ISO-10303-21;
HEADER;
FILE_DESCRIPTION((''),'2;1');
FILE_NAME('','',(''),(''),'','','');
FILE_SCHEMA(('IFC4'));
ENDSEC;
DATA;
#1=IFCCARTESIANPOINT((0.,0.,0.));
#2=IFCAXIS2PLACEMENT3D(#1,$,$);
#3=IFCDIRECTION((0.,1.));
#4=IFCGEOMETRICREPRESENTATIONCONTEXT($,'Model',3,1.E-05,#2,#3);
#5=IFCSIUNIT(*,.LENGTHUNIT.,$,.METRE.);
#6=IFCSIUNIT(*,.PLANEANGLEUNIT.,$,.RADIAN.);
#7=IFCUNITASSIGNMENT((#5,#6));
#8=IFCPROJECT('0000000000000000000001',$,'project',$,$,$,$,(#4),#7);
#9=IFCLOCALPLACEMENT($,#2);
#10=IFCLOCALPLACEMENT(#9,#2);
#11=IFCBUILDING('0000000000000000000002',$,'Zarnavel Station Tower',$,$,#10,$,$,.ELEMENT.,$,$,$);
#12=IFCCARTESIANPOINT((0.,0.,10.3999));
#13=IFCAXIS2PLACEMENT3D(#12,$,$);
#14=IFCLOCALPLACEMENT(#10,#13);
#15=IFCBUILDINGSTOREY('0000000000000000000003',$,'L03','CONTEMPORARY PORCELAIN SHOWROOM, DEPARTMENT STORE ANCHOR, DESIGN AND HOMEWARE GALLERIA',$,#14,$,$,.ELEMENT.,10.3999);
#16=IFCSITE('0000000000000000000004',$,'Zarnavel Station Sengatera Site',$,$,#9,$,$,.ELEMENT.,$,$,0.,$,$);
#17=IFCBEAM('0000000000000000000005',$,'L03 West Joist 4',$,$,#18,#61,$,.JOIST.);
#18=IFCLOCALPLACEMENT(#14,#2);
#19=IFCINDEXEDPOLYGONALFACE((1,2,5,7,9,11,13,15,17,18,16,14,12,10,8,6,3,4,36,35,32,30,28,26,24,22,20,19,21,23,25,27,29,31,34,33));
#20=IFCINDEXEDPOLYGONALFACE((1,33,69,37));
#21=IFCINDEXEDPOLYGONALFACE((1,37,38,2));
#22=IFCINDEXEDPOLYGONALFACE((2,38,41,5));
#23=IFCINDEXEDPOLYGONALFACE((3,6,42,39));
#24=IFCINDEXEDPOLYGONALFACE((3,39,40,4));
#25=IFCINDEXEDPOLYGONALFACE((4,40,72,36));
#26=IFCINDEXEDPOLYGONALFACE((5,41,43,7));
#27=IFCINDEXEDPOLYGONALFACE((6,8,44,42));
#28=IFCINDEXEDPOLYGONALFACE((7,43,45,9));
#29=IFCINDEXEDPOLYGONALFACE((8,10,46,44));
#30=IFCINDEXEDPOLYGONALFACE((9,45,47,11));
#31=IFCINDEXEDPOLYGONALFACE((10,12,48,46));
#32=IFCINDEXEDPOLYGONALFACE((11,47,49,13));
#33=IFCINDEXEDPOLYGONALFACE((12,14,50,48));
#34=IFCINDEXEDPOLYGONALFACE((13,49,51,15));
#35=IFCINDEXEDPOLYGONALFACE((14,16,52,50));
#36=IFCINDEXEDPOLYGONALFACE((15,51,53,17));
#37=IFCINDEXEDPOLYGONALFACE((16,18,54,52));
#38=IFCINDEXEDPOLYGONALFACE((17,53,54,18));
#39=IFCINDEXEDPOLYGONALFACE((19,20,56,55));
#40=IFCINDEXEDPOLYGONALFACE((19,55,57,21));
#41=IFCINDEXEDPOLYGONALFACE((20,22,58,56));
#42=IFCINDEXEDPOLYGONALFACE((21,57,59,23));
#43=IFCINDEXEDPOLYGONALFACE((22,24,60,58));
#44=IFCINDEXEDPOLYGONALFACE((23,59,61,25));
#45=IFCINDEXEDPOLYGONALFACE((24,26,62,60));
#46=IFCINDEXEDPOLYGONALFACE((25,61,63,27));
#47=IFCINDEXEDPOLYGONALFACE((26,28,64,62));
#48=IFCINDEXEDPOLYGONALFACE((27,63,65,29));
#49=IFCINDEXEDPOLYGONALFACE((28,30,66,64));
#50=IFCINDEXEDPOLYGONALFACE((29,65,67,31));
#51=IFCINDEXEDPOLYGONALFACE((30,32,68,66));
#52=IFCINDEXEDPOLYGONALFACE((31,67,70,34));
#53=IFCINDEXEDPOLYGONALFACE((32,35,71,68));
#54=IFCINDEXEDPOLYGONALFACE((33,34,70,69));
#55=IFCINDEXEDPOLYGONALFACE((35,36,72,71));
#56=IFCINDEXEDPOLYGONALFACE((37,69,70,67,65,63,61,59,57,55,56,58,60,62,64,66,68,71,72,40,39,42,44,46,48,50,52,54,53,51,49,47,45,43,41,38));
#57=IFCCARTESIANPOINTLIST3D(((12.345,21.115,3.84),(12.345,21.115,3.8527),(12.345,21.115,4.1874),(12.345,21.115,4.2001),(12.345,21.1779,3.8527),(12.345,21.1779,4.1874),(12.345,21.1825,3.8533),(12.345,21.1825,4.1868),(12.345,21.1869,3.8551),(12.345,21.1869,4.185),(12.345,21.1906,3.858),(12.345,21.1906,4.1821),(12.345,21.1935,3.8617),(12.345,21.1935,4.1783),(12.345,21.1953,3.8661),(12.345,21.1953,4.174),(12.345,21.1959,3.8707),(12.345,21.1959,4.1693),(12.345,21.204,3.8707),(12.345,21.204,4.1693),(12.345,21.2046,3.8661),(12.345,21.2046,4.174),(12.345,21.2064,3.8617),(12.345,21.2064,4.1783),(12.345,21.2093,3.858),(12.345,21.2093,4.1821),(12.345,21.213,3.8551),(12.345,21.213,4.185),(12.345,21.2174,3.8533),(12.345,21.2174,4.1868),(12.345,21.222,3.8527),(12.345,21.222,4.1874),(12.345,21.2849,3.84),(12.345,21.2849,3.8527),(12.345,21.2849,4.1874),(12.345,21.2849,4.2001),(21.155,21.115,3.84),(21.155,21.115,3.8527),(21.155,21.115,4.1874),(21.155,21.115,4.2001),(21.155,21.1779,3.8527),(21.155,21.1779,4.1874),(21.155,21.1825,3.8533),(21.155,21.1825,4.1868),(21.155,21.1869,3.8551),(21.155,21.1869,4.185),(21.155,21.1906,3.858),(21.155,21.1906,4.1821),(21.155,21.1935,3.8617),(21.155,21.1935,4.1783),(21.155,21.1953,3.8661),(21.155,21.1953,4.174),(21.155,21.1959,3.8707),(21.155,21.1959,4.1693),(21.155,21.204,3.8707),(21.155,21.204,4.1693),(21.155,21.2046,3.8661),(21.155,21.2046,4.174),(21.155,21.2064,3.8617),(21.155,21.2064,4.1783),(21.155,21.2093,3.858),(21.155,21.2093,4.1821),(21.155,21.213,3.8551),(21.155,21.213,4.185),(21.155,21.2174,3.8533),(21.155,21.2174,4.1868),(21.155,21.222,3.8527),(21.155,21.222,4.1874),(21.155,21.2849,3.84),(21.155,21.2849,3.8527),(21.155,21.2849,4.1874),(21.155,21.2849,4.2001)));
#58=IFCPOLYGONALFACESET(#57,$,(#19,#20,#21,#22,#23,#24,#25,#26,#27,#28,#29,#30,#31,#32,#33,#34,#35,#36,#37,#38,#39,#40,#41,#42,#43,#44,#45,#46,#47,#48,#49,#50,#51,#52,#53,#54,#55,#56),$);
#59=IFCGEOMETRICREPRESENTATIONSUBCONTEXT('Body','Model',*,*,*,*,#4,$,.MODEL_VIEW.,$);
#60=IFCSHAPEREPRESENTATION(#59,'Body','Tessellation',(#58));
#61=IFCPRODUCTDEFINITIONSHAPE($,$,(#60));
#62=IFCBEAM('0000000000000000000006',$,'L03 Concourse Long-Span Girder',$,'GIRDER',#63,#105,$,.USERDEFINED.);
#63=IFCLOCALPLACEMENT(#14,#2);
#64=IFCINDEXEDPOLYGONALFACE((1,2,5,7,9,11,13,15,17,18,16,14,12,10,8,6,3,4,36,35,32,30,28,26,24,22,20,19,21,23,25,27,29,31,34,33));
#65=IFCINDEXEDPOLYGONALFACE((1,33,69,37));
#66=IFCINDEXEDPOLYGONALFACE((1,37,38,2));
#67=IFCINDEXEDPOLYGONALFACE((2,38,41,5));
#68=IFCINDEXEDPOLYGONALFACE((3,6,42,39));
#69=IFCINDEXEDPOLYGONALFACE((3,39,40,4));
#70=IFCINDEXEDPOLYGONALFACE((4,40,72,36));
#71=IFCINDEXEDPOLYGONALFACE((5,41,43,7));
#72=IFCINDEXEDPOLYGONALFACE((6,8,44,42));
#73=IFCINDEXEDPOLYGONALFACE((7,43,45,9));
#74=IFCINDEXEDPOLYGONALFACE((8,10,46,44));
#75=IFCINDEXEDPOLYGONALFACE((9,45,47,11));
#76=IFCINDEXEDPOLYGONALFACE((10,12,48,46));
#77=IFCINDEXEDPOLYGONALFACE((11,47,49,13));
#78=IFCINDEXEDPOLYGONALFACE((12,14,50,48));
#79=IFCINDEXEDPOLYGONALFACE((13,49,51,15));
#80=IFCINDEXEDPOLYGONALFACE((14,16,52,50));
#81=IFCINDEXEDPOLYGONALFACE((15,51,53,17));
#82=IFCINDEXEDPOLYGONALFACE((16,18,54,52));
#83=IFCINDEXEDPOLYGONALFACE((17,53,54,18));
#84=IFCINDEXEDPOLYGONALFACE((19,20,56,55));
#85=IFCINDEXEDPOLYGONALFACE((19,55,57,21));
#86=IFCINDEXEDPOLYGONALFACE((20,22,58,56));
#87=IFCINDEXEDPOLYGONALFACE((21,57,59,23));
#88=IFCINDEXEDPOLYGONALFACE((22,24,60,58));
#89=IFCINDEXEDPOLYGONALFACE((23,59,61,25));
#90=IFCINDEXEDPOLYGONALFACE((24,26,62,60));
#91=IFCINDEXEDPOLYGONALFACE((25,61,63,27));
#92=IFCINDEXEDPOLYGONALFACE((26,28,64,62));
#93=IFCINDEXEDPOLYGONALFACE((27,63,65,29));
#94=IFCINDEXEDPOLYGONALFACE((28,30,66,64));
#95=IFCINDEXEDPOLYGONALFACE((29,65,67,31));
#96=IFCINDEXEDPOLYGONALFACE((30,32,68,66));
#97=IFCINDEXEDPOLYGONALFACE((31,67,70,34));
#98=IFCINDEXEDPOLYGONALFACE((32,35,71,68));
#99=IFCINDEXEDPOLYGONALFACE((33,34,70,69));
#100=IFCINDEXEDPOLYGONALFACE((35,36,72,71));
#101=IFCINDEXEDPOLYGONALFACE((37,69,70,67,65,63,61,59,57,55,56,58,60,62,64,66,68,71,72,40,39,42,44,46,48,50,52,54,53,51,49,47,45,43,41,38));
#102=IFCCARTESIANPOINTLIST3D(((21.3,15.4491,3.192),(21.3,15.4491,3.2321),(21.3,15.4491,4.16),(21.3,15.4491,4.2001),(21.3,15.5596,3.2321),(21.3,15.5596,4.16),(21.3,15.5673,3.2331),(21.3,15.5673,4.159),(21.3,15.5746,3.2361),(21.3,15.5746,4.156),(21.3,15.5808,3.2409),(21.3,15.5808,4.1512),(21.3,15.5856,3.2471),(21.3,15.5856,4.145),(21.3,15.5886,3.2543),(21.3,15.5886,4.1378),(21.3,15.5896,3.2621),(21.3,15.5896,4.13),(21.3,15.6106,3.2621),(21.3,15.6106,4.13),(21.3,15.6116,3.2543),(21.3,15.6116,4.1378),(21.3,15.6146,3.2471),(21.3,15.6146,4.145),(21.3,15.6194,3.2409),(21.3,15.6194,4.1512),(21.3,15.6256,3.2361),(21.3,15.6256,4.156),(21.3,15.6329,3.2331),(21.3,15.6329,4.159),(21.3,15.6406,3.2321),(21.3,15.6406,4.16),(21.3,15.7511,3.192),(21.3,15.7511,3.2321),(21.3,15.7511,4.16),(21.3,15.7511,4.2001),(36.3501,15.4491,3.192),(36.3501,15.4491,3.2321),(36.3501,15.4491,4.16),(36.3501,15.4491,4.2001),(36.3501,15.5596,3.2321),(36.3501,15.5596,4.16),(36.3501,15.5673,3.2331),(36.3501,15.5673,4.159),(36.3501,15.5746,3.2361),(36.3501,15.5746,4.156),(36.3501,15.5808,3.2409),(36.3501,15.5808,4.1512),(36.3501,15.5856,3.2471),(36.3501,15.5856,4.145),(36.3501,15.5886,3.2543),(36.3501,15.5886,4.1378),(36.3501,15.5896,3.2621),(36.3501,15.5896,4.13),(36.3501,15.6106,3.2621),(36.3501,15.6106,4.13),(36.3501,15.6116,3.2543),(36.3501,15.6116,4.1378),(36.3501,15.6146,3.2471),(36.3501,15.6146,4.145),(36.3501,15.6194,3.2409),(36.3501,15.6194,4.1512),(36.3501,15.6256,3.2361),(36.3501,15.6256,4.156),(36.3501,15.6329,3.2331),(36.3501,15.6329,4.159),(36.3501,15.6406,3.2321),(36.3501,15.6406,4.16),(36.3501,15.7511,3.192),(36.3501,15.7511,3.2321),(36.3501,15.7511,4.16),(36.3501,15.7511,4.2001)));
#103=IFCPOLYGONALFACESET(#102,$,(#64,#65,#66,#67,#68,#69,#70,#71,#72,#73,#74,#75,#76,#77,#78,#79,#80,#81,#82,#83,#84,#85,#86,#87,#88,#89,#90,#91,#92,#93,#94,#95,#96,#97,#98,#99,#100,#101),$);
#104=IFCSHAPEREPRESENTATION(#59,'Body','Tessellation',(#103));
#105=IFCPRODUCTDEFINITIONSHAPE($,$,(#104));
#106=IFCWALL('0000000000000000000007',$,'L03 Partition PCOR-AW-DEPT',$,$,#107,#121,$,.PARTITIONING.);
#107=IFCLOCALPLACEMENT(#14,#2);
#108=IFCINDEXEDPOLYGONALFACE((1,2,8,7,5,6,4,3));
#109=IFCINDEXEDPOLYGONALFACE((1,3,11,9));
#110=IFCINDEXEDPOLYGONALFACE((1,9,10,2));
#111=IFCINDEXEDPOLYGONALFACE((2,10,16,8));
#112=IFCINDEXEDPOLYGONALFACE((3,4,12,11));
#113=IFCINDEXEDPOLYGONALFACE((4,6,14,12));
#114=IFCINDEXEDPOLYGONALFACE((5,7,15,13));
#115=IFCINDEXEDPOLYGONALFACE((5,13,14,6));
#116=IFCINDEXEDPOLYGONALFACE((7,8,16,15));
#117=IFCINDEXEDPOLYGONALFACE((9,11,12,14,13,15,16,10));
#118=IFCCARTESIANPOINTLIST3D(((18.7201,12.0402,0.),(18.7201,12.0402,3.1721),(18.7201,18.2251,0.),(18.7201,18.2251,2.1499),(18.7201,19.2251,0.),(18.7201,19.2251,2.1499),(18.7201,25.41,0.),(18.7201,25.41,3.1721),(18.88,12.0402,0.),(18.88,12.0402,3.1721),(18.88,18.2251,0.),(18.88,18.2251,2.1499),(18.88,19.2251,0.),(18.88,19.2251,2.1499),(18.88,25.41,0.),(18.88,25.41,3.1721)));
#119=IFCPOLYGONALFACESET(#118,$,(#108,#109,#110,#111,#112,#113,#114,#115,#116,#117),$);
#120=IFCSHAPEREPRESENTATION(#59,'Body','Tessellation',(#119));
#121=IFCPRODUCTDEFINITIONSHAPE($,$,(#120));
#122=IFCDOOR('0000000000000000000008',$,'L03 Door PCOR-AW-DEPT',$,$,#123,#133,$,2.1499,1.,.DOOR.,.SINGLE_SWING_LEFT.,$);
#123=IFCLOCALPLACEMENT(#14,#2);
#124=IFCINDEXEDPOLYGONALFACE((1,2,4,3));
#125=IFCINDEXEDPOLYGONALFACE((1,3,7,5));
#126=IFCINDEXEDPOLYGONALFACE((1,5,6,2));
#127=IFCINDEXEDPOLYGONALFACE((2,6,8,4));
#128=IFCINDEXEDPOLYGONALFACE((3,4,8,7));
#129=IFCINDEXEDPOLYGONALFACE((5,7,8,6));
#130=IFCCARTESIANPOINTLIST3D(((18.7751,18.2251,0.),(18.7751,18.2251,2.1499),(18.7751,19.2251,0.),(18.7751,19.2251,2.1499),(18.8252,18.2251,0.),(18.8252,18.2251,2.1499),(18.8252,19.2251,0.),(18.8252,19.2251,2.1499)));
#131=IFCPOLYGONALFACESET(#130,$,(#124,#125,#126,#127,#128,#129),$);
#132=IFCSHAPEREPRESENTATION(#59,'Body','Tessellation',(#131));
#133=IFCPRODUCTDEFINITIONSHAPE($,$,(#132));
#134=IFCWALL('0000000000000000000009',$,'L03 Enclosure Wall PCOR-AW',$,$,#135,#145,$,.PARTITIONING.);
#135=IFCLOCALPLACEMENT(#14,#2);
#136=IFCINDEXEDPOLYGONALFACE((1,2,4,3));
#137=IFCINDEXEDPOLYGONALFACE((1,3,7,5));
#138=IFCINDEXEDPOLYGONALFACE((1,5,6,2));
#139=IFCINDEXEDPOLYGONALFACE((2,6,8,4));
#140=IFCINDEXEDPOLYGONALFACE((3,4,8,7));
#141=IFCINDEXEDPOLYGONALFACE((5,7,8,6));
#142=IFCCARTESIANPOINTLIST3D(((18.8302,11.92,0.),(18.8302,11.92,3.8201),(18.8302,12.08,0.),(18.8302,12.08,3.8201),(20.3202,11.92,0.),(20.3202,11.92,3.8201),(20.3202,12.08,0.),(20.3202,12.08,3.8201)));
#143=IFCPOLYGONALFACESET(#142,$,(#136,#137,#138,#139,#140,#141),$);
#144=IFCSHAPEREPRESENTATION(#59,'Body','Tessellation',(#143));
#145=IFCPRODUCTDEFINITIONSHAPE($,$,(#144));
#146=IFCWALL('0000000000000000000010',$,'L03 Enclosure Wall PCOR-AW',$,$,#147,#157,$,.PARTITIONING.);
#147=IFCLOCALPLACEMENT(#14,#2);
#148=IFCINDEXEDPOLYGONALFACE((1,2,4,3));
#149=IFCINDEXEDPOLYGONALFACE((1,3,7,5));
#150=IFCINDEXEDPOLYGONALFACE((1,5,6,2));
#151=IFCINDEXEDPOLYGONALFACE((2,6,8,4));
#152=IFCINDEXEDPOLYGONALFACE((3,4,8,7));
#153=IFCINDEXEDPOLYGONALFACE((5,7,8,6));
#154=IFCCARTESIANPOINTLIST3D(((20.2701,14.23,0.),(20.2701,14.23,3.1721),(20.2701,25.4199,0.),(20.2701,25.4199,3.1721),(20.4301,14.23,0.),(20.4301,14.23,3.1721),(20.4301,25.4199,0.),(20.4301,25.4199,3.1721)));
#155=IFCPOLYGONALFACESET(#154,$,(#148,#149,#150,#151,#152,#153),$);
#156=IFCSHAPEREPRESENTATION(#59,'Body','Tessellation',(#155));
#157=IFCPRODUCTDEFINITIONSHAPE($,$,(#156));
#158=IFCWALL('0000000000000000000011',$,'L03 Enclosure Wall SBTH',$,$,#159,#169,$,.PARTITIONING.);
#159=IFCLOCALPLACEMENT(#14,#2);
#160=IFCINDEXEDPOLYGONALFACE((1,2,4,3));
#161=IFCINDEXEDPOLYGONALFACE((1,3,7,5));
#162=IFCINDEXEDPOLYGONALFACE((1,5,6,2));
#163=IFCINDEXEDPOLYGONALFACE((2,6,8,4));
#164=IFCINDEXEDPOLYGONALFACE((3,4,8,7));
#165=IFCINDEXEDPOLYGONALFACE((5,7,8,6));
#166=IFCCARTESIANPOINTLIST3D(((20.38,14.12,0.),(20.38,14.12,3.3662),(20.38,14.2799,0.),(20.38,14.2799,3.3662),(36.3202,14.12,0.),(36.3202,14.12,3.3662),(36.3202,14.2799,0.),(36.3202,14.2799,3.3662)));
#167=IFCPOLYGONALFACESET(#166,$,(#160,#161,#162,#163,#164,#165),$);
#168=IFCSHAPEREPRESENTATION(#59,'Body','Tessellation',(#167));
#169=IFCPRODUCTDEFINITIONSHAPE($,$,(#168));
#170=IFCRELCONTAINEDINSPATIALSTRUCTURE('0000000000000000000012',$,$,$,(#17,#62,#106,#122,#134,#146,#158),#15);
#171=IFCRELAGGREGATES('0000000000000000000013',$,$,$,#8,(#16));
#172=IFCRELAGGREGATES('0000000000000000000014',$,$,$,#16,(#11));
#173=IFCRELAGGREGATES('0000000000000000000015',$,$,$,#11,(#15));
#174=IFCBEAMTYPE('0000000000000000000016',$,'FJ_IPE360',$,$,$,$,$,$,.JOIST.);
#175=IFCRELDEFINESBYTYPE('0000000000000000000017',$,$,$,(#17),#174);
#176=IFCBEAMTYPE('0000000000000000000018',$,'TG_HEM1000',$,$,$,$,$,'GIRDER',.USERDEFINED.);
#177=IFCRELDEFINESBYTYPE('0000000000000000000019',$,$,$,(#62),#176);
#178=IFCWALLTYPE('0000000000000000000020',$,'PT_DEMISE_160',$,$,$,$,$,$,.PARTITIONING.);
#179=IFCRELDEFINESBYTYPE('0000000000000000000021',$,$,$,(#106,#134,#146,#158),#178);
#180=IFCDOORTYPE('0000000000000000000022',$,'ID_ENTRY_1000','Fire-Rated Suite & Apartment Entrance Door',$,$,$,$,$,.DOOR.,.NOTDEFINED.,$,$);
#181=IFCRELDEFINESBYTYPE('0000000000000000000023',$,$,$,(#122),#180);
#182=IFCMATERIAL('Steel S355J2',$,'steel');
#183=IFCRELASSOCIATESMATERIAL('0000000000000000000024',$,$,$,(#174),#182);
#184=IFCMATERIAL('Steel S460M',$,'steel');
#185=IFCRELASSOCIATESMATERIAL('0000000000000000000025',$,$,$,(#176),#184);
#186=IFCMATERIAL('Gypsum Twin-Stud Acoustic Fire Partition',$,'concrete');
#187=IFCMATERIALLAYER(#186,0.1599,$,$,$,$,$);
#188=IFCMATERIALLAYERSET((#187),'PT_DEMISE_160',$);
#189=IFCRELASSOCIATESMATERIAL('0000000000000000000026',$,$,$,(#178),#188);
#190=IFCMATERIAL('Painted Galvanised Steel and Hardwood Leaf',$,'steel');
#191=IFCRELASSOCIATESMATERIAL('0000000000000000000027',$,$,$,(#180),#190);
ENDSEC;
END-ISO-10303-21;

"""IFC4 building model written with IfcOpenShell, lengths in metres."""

from ifc_helpers import new_model, si_unit, direction, frame, frame_2d, origin, origin_2d, place, context, subcontext, project, spatial, rectangle, i_section, extrude, material, layer, layer_set, material_profile, profile_set, type_object, element, fill, save


model = new_model("IFC4")

# Units and contexts
model_context = context("Model", 3, precision=1e-05, world=origin(), true_north=direction((0.0, 1.0)))
body_context = subcontext(model_context, "Body", "Model", "MODEL_VIEW")
ifc_project = project(units=[si_unit("LENGTHUNIT", "METRE"), si_unit("PLANEANGLEUNIT", "RADIAN")], contexts=[model_context])

# Site, building, storey
site_placement = place(None, origin())
site = spatial("IfcSite", under=ifc_project, at=site_placement, Name="Zarnavel Station Sengatera Site", CompositionType="ELEMENT", RefElevation=0.0)
building_placement = place(site_placement, origin())
building = spatial("IfcBuilding", under=site, at=building_placement, Name="Zarnavel Station Tower", CompositionType="ELEMENT")
storey_placement = place(building_placement, frame((0.0, 0.0, 10.3999)))
storey = spatial("IfcBuildingStorey", under=building, at=storey_placement, Name="L03", Description="CONTEMPORARY PORCELAIN SHOWROOM, DEPARTMENT STORE ANCHOR, DESIGN AND HOMEWARE GALLERIA", CompositionType="ELEMENT", Elevation=10.3999)

# Beams
ifc_material_1 = material(Name="Steel S355J2", Category="steel")
ifc_material_profile_1 = material_profile(ifc_material_1, i_section(OverallWidth=0.1699, OverallDepth=0.3601, WebThickness=0.0081, FlangeThickness=0.0127, FilletRadius=0.0181, at=origin_2d()), Name="IPE360")
ifc_profile_set_1 = profile_set([ifc_material_profile_1], Name="Steel S355J2")
beam_type_1 = type_object("IfcBeamType", Name="FJ_IPE360", PredefinedType="JOIST", material=ifc_profile_set_1)
for number, where, z_axis, x_axis, name in (
    (1, (12.345, 21.2, 4.02), (1.0, 0.0, 0.0), (0.0, 1.0, 0.0), "L03 West Joist 4"),
):
    element("IfcBeam", number, at=place(storey_placement, frame(where, z_axis=z_axis, x_axis=x_axis)), inside=storey, type_object=beam_type_1, Name=name, PredefinedType="JOIST", context=body_context, shape_type="SweptSolid", body=[
        extrude(i_section(OverallWidth=0.1699, OverallDepth=0.3601, WebThickness=0.0081, FlangeThickness=0.0127, FilletRadius=0.0181, at=origin_2d()), origin(), (0.0, 0.0, 1.0), 8.8101),
    ])
ifc_material_2 = material(Name="Steel S460M", Category="steel")
ifc_material_profile_2 = material_profile(ifc_material_2, i_section(OverallWidth=0.302, OverallDepth=1.0081, WebThickness=0.021, FlangeThickness=0.04, FilletRadius=0.03, at=origin_2d()), Name="HEM1000")
ifc_profile_set_2 = profile_set([ifc_material_profile_2], Name="Steel S460M")
beam_type_2 = type_object("IfcBeamType", Name="TG_HEM1000", ElementType="GIRDER", PredefinedType="USERDEFINED", material=ifc_profile_set_2)
beam_1_placement = place(storey_placement, frame((21.3, 15.6001, 3.696), z_axis=(1.0, 0.0, 0.0), x_axis=(0.0, 1.0, 0.0)))
element("IfcBeam", 2, at=beam_1_placement, inside=storey, type_object=beam_type_2, Name="L03 Concourse Long-Span Girder", ObjectType="GIRDER", PredefinedType="USERDEFINED", context=body_context, shape_type="SweptSolid", body=[
    extrude(i_section(OverallWidth=0.302, OverallDepth=1.0081, WebThickness=0.021, FlangeThickness=0.04, FilletRadius=0.03, at=origin_2d()), origin(), (0.0, 0.0, 1.0), 15.05),
])

# Wall, opening, door
ifc_material_3 = material(Name="Gypsum Twin-Stud Acoustic Fire Partition", Category="concrete")
ifc_layer_1 = layer(ifc_material_3, 0.1599)
ifc_layer_set_1 = layer_set([ifc_layer_1], Name="PT_DEMISE_160")
wall_type_1 = type_object("IfcWallType", Name="PT_DEMISE_160", PredefinedType="PARTITIONING", material=ifc_layer_set_1)
wall_1_placement = place(storey_placement, frame((18.8, 12.04, 0.0), z_axis=(0.0, 0.0, 1.0), x_axis=(0.0, 1.0, 0.0)))
wall_1 = element("IfcWall", 3, at=wall_1_placement, inside=storey, type_object=wall_type_1, Name="L03 Partition PCOR-AW-DEPT", PredefinedType="PARTITIONING", context=body_context, shape_type="SweptSolid", body=[
    extrude(rectangle(XDim=13.3699, YDim=0.1599, at=frame_2d((6.6851, 0.0))), origin(), (0.0, 0.0, 1.0), 3.1721),
])
opening_1_placement = place(wall_1_placement, frame((6.1851, 0.0, 0.0)))
opening_1 = element("IfcOpeningElement", 4, at=opening_1_placement, cuts=wall_1, PredefinedType="OPENING", context=body_context, shape_type="SweptSolid", body=[
    extrude(rectangle(XDim=1.0, YDim=2.1499, at=frame_2d((0.5, 1.075))), frame((0.0, 0.0898, 0.0), z_axis=(0.0, -1.0, 0.0), x_axis=(1.0, 0.0, 0.0)), (0.0, 0.0, 1.0), 0.1799),
])
ifc_material_4 = material(Name="Painted Galvanised Steel and Hardwood Leaf", Category="steel")
door_type_1 = type_object("IfcDoorType", Name="ID_ENTRY_1000", Description="Fire-Rated Suite & Apartment Entrance Door", OperationType="NOTDEFINED", PredefinedType="DOOR", material=ifc_material_4)
door_1_placement = place(opening_1_placement, origin())
door_1 = element("IfcDoor", 5, at=door_1_placement, inside=storey, type_object=door_type_1, Name="L03 Door PCOR-AW-DEPT", OperationType="SINGLE_SWING_LEFT", OverallHeight=2.1499, OverallWidth=1.0, PredefinedType="DOOR", context=body_context, shape_type="SweptSolid", body=[
    extrude(rectangle(XDim=1.0, YDim=2.1499, at=frame_2d((0.5, 1.075))), frame((0.0, 0.0249, 0.0), z_axis=(0.0, -1.0, 0.0), x_axis=(1.0, 0.0, 0.0)), (0.0, 0.0, 1.0), 0.05),
])
fill(opening_1, door_1)

# Walls
wall_2_placement = place(storey_placement, frame((18.8301, 12.0, 0.0), z_axis=(0.0, 0.0, 1.0), x_axis=(1.0, 0.0, 0.0)))
element("IfcWall", 6, at=wall_2_placement, inside=storey, type_object=wall_type_1, Name="L03 Enclosure Wall PCOR-AW", PredefinedType="PARTITIONING", context=body_context, shape_type="SweptSolid", body=[
    extrude(rectangle(XDim=1.49, YDim=0.1599, at=frame_2d((0.7451, 0.0))), origin(), (0.0, 0.0, 1.0), 3.8201),
])
wall_3_placement = place(storey_placement, frame((20.3501, 14.23, 0.0), z_axis=(0.0, 0.0, 1.0), x_axis=(0.0, 1.0, 0.0)))
element("IfcWall", 7, at=wall_3_placement, inside=storey, type_object=wall_type_1, Name="L03 Enclosure Wall PCOR-AW", PredefinedType="PARTITIONING", context=body_context, shape_type="SweptSolid", body=[
    extrude(rectangle(XDim=11.1899, YDim=0.1599, at=frame_2d((5.595, 0.0))), origin(), (0.0, 0.0, 1.0), 3.1721),
])
wall_4_placement = place(storey_placement, frame((20.3799, 14.2, 0.0), z_axis=(0.0, 0.0, 1.0), x_axis=(1.0, 0.0, 0.0)))
element("IfcWall", 8, at=wall_4_placement, inside=storey, type_object=wall_type_1, Name="L03 Enclosure Wall SBTH", PredefinedType="PARTITIONING", context=body_context, shape_type="SweptSolid", body=[
    extrude(rectangle(XDim=15.9402, YDim=0.1599, at=frame_2d((7.9702, 0.0))), origin(), (0.0, 0.0, 1.0), 3.3662),
])

save(model, "model.ifc")
